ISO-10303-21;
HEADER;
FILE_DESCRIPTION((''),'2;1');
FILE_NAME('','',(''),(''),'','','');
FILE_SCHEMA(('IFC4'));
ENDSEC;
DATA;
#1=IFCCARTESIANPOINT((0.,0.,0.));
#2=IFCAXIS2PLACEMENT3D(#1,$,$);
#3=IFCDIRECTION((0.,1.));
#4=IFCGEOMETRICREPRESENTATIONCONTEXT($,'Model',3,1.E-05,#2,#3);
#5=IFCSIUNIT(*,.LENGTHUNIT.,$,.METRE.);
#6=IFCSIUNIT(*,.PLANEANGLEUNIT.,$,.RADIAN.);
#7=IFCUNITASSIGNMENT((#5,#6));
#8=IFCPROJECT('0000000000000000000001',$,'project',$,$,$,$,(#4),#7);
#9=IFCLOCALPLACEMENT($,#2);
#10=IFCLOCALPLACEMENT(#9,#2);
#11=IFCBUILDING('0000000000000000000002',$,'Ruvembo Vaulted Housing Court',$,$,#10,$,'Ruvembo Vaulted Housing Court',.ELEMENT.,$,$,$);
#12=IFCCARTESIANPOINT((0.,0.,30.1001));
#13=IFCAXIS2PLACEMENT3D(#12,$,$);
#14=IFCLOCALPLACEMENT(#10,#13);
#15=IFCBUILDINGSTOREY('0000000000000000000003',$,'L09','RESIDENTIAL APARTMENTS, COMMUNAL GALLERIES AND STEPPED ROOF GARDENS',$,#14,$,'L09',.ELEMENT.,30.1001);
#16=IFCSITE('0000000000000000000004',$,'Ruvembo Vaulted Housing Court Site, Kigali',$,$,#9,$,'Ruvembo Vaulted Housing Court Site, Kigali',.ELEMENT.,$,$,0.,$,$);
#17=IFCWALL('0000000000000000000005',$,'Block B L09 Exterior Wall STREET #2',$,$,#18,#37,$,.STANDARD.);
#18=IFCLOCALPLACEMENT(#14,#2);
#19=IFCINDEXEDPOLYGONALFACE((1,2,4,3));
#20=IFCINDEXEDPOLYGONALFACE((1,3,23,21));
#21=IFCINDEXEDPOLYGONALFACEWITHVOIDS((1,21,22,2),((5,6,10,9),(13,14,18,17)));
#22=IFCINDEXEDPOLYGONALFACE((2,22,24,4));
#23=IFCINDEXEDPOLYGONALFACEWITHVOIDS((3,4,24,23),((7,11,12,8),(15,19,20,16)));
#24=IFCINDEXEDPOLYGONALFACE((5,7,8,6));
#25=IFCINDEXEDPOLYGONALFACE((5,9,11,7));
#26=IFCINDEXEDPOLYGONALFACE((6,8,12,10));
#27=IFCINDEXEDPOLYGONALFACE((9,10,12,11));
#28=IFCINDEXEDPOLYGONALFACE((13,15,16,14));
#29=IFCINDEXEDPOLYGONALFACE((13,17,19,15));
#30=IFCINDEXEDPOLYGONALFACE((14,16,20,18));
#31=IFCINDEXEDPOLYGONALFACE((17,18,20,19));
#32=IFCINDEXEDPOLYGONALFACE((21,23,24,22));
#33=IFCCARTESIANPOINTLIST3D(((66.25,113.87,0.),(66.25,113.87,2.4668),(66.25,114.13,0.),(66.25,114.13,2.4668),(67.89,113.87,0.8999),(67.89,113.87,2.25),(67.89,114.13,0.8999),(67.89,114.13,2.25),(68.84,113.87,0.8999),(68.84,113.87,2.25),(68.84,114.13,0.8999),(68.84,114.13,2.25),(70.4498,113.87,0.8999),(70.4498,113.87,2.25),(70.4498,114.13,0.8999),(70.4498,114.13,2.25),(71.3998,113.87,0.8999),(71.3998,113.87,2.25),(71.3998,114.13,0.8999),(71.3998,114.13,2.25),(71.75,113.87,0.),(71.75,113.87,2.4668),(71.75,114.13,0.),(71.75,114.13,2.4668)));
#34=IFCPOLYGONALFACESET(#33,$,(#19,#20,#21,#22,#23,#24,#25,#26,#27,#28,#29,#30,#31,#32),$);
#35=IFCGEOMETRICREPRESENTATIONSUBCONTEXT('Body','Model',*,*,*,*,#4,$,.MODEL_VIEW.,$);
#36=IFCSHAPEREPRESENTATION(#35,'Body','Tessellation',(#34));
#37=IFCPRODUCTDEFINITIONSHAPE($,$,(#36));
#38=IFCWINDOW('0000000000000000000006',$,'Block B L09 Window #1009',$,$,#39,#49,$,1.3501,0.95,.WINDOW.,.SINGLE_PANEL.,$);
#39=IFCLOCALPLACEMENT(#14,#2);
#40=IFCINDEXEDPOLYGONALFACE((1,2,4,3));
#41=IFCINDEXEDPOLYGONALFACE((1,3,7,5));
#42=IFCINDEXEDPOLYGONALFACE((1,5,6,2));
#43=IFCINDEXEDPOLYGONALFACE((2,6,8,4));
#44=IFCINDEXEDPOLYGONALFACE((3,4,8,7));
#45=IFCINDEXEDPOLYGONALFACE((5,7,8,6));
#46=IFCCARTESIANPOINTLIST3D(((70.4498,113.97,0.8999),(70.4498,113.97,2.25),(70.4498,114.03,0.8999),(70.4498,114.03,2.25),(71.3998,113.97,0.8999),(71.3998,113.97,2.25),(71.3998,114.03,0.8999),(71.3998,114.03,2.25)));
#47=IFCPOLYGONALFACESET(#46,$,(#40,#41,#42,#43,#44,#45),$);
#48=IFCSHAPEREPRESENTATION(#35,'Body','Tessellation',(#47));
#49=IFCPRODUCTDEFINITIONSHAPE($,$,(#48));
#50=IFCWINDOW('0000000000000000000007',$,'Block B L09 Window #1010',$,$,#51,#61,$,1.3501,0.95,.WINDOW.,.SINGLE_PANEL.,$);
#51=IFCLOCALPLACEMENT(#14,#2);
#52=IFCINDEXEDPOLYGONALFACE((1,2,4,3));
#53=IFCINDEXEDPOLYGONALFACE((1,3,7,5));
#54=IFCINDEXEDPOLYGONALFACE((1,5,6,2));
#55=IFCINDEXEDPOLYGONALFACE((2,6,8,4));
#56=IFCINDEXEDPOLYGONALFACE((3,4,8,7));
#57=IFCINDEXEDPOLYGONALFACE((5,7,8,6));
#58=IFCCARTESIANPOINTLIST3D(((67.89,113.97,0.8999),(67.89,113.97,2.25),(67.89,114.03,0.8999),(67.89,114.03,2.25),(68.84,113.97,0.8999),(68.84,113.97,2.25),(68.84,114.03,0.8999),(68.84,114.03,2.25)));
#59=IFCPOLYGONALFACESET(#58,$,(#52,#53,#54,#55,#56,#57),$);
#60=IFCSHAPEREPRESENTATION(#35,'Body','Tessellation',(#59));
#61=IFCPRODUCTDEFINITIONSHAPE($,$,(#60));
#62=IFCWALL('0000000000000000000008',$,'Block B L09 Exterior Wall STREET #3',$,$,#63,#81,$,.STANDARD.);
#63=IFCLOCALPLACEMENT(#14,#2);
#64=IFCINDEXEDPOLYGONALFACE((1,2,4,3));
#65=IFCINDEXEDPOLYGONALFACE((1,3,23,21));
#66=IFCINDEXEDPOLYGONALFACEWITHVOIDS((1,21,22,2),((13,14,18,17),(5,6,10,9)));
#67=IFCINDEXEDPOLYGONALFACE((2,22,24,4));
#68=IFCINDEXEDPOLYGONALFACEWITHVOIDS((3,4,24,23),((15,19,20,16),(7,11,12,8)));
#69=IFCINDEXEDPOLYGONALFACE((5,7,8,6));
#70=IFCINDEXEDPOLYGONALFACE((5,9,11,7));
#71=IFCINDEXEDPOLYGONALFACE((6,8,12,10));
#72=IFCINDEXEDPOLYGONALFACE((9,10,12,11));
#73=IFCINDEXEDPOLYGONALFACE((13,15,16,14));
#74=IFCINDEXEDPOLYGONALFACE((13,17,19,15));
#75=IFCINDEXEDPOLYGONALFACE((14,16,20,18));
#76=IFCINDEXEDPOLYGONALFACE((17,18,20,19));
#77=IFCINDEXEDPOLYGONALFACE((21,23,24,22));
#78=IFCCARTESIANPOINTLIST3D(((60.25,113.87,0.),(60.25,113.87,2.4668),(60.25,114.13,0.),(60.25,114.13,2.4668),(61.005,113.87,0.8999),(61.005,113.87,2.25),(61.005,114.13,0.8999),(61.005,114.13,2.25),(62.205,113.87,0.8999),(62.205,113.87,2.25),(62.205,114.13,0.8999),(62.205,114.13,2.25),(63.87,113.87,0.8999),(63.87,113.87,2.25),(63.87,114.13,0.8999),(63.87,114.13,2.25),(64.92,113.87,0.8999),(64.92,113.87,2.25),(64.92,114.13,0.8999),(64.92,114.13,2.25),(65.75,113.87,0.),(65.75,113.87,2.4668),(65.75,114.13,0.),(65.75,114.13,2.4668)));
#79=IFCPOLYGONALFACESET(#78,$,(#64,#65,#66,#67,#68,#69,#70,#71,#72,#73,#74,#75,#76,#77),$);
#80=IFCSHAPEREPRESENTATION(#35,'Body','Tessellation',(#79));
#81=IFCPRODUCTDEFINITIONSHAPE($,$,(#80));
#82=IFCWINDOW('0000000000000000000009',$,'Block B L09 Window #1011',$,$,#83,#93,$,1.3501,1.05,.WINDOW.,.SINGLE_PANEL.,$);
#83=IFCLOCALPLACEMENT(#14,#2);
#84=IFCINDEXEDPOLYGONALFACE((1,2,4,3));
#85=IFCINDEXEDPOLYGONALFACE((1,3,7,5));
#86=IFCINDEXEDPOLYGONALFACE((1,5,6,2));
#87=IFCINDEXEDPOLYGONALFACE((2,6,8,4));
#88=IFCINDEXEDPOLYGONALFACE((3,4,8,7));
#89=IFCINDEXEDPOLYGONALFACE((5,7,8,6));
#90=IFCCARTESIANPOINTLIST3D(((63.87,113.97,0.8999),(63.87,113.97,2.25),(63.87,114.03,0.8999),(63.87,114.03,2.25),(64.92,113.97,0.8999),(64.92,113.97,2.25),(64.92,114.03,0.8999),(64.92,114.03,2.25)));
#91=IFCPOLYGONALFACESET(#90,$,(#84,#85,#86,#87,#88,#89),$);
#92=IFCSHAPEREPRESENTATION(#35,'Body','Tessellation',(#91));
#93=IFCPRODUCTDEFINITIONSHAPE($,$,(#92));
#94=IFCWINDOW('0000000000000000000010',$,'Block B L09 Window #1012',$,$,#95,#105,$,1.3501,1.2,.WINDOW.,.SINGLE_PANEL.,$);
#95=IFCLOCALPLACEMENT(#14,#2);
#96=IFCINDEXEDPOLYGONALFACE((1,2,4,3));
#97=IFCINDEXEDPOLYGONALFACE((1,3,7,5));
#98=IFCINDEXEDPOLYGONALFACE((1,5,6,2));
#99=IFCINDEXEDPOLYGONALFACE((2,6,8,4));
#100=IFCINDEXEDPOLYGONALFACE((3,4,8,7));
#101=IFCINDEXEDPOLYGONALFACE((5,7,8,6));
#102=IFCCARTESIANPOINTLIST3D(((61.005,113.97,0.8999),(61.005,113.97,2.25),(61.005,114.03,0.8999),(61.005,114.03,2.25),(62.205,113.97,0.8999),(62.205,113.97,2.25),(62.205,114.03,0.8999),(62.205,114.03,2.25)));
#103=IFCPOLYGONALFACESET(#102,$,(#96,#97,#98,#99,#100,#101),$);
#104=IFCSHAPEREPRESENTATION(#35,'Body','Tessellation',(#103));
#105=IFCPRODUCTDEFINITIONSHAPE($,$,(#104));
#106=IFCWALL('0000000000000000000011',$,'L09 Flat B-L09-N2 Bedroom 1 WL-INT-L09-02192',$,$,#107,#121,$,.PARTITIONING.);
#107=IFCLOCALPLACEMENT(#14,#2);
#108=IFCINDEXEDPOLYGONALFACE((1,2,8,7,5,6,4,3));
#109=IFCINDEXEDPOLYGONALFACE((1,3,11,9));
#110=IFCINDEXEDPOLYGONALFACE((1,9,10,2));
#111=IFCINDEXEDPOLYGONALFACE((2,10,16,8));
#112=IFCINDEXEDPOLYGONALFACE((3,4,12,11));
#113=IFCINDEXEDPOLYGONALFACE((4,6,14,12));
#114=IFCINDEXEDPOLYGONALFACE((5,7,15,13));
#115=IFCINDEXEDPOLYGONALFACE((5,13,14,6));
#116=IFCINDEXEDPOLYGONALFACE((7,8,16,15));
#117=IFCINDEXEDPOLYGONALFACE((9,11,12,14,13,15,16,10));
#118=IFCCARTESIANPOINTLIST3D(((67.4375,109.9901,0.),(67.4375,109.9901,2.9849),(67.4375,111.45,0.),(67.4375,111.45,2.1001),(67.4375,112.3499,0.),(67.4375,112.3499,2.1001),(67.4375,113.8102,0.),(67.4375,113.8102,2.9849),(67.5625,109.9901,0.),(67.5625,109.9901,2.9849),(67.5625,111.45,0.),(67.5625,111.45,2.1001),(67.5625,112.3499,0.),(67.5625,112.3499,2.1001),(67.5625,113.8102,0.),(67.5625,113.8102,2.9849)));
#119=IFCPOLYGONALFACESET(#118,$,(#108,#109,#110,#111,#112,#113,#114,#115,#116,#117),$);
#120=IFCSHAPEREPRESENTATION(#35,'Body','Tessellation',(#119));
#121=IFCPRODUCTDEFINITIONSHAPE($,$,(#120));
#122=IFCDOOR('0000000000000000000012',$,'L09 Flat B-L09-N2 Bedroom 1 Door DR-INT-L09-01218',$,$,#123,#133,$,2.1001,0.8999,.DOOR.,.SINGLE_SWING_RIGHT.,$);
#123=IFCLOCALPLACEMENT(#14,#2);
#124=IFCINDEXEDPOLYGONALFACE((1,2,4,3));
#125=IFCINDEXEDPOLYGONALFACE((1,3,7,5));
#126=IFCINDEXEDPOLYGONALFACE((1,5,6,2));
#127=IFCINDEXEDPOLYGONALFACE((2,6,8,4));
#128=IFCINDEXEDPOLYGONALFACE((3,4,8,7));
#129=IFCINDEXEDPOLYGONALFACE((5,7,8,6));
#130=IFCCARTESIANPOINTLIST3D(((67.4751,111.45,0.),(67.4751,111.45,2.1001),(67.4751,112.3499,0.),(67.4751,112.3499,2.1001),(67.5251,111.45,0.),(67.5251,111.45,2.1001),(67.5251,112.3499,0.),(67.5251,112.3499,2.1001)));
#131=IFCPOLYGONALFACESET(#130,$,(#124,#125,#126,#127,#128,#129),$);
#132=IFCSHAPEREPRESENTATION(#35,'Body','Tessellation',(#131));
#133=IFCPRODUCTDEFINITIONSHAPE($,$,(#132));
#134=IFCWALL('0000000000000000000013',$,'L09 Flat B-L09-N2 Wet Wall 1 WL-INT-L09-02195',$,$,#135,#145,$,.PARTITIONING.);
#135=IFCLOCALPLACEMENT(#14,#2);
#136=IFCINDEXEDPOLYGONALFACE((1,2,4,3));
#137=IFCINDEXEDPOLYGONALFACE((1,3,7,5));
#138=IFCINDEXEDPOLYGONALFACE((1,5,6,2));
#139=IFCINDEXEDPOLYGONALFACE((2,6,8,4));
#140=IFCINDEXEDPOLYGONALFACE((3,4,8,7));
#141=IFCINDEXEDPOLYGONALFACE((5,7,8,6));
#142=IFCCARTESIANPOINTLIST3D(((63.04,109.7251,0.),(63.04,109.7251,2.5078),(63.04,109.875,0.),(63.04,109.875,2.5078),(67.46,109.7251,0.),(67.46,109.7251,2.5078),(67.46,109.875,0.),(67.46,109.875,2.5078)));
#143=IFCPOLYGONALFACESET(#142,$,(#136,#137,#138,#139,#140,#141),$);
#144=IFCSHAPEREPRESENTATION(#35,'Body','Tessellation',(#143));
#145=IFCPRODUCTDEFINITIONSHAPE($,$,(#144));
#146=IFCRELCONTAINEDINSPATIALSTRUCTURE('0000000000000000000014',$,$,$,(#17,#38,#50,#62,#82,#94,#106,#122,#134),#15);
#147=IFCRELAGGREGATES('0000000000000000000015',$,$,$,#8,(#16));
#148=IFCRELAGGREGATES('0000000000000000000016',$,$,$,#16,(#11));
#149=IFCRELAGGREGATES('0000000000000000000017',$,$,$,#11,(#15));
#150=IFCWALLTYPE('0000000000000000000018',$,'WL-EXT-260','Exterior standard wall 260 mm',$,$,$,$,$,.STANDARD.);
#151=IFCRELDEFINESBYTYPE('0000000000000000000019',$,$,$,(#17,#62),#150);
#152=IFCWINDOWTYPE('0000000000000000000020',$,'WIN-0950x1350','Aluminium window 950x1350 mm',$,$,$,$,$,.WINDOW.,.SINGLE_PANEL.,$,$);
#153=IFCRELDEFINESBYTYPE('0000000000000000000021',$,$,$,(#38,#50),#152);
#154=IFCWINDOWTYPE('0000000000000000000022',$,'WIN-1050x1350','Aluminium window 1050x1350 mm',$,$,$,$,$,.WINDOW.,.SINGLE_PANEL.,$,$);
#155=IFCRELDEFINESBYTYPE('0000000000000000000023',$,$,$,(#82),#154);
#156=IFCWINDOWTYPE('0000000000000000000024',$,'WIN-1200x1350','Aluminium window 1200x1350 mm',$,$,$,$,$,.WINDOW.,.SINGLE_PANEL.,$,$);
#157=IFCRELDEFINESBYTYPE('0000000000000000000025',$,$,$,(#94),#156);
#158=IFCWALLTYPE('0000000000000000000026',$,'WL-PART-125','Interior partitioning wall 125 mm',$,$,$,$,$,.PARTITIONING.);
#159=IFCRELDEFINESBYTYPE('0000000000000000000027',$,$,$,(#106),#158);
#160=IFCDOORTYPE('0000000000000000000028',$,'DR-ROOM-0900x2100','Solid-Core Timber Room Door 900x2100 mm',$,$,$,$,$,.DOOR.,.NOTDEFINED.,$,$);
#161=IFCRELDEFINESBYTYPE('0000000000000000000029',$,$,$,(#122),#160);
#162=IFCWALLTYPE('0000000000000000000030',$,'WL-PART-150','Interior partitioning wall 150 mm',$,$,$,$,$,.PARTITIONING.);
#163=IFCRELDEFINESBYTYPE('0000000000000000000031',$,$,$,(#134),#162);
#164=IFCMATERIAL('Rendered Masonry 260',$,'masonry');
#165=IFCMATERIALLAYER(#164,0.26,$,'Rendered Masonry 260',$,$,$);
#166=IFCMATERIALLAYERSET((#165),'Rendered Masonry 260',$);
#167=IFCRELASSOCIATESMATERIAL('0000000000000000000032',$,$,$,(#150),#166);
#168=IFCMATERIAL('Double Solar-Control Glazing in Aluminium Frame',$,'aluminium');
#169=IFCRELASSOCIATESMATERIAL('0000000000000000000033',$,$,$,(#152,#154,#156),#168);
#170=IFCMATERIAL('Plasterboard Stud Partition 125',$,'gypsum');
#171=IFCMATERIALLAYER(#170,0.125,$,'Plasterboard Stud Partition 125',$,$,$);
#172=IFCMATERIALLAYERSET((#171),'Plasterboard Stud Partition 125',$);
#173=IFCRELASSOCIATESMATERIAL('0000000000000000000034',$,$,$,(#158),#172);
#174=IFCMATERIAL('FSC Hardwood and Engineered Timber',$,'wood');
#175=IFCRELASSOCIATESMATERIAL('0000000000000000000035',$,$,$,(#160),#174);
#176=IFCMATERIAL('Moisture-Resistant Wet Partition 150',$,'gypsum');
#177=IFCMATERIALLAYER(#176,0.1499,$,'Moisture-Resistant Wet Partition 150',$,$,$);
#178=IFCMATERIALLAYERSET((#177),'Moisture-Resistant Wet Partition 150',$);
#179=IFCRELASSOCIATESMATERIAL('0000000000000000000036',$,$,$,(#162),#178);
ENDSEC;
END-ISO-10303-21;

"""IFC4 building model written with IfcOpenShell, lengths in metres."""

from ifc_helpers import new_model, si_unit, direction, frame, frame_2d, origin, place, context, subcontext, project, spatial, rectangle, extrude, material, layer, layer_set, type_object, element, fill, save


model = new_model("IFC4")

# Units and contexts
model_context = context("Model", 3, precision=1e-05, world=origin(), true_north=direction((0.0, 1.0)))
body_context = subcontext(model_context, "Body", "Model", "MODEL_VIEW")
ifc_project = project(units=[si_unit("LENGTHUNIT", "METRE"), si_unit("PLANEANGLEUNIT", "RADIAN")], contexts=[model_context])

# Site, building, storey
site_placement = place(None, origin())
site = spatial("IfcSite", under=ifc_project, at=site_placement, Name="Ruvembo Vaulted Housing Court Site, Kigali", LongName="Ruvembo Vaulted Housing Court Site, Kigali", CompositionType="ELEMENT", RefElevation=0.0)
building_placement = place(site_placement, origin())
building = spatial("IfcBuilding", under=site, at=building_placement, Name="Ruvembo Vaulted Housing Court", LongName="Ruvembo Vaulted Housing Court", CompositionType="ELEMENT")
storey_placement = place(building_placement, frame((0.0, 0.0, 30.1001)))
storey = spatial("IfcBuildingStorey", under=building, at=storey_placement, Name="L09", Description="RESIDENTIAL APARTMENTS, COMMUNAL GALLERIES AND STEPPED ROOF GARDENS", LongName="L09", CompositionType="ELEMENT", Elevation=30.1001)

# Walls, openings, windows
ifc_material_1 = material(Name="Rendered Masonry 260", Category="masonry")
ifc_layer_1 = layer(ifc_material_1, 0.26, Name="Rendered Masonry 260")
ifc_layer_set_1 = layer_set([ifc_layer_1], Name="Rendered Masonry 260")
wall_type_1 = type_object("IfcWallType", Name="WL-EXT-260", Description="Exterior standard wall 260 mm", PredefinedType="STANDARD", material=ifc_layer_set_1)
wall_1_placement = place(storey_placement, frame((71.75, 114.0, 0.0), z_axis=(0.0, 0.0, 1.0), x_axis=(-1.0, 0.0, 0.0)))
wall_1 = element("IfcWall", 1, at=wall_1_placement, inside=storey, type_object=wall_type_1, Name="Block B L09 Exterior Wall STREET #2", PredefinedType="STANDARD", context=body_context, shape_type="SweptSolid", body=[
    extrude(rectangle(XDim=5.5, YDim=0.26, at=frame_2d((2.75, 0.0))), origin(), (0.0, 0.0, 1.0), 2.4668),
])
opening_1_placement = place(wall_1_placement, frame((0.3501, 0.0, 0.8999)))
opening_1 = element("IfcOpeningElement", 2, at=opening_1_placement, cuts=wall_1, PredefinedType="OPENING", context=body_context, shape_type="SweptSolid", body=[
    extrude(rectangle(XDim=0.95, YDim=1.3501, at=frame_2d((0.4751, 0.675))), frame((0.0, 0.1399, 0.0), z_axis=(0.0, -1.0, 0.0), x_axis=(1.0, 0.0, 0.0)), (0.0, 0.0, 1.0), 0.28),
])
opening_2_placement = place(wall_1_placement, frame((2.9099, 0.0, 0.8999)))
opening_2 = element("IfcOpeningElement", 3, at=opening_2_placement, cuts=wall_1, PredefinedType="OPENING", context=body_context, shape_type="SweptSolid", body=[
    extrude(rectangle(XDim=0.95, YDim=1.3501, at=frame_2d((0.4751, 0.675))), frame((0.0, 0.1399, 0.0), z_axis=(0.0, -1.0, 0.0), x_axis=(1.0, 0.0, 0.0)), (0.0, 0.0, 1.0), 0.28),
])
ifc_material_2 = material(Name="Double Solar-Control Glazing in Aluminium Frame", Category="aluminium")
window_type_1 = type_object("IfcWindowType", Name="WIN-0950x1350", Description="Aluminium window 950x1350 mm", PartitioningType="SINGLE_PANEL", PredefinedType="WINDOW", material=ifc_material_2)
window_1_placement = place(opening_1_placement, origin())
window_1 = element("IfcWindow", 4, at=window_1_placement, inside=storey, type_object=window_type_1, Name="Block B L09 Window #1009", OverallHeight=1.3501, OverallWidth=0.95, PartitioningType="SINGLE_PANEL", PredefinedType="WINDOW", context=body_context, shape_type="SweptSolid", body=[
    extrude(rectangle(XDim=0.95, YDim=1.3501, at=frame_2d((0.4751, 0.675))), frame((0.0, 0.03, 0.0), z_axis=(0.0, -1.0, 0.0), x_axis=(1.0, 0.0, 0.0)), (0.0, 0.0, 1.0), 0.0601),
])
fill(opening_1, window_1)
window_2_placement = place(opening_2_placement, origin())
window_2 = element("IfcWindow", 5, at=window_2_placement, inside=storey, type_object=window_type_1, Name="Block B L09 Window #1010", OverallHeight=1.3501, OverallWidth=0.95, PartitioningType="SINGLE_PANEL", PredefinedType="WINDOW", context=body_context, shape_type="SweptSolid", body=[
    extrude(rectangle(XDim=0.95, YDim=1.3501, at=frame_2d((0.4751, 0.675))), frame((0.0, 0.03, 0.0), z_axis=(0.0, -1.0, 0.0), x_axis=(1.0, 0.0, 0.0)), (0.0, 0.0, 1.0), 0.0601),
])
fill(opening_2, window_2)
wall_2_placement = place(storey_placement, frame((65.75, 114.0, 0.0), z_axis=(0.0, 0.0, 1.0), x_axis=(-1.0, 0.0, 0.0)))
wall_2 = element("IfcWall", 6, at=wall_2_placement, inside=storey, type_object=wall_type_1, Name="Block B L09 Exterior Wall STREET #3", PredefinedType="STANDARD", context=body_context, shape_type="SweptSolid", body=[
    extrude(rectangle(XDim=5.5, YDim=0.26, at=frame_2d((2.75, 0.0))), origin(), (0.0, 0.0, 1.0), 2.4668),
])
opening_3_placement = place(wall_2_placement, frame((0.8301, 0.0, 0.8999)))
opening_3 = element("IfcOpeningElement", 7, at=opening_3_placement, cuts=wall_2, PredefinedType="OPENING", context=body_context, shape_type="SweptSolid", body=[
    extrude(rectangle(XDim=1.05, YDim=1.3501, at=frame_2d((0.5249, 0.675))), frame((0.0, 0.1399, 0.0), z_axis=(0.0, -1.0, 0.0), x_axis=(1.0, 0.0, 0.0)), (0.0, 0.0, 1.0), 0.28),
])
opening_4_placement = place(wall_2_placement, frame((3.5449, 0.0, 0.8999)))
opening_4 = element("IfcOpeningElement", 8, at=opening_4_placement, cuts=wall_2, PredefinedType="OPENING", context=body_context, shape_type="SweptSolid", body=[
    extrude(rectangle(XDim=1.2, YDim=1.3501, at=frame_2d((0.6001, 0.675))), frame((0.0, 0.1399, 0.0), z_axis=(0.0, -1.0, 0.0), x_axis=(1.0, 0.0, 0.0)), (0.0, 0.0, 1.0), 0.28),
])
window_type_2 = type_object("IfcWindowType", Name="WIN-1050x1350", Description="Aluminium window 1050x1350 mm", PartitioningType="SINGLE_PANEL", PredefinedType="WINDOW", material=ifc_material_2)
window_3_placement = place(opening_3_placement, origin())
window_3 = element("IfcWindow", 9, at=window_3_placement, inside=storey, type_object=window_type_2, Name="Block B L09 Window #1011", OverallHeight=1.3501, OverallWidth=1.05, PartitioningType="SINGLE_PANEL", PredefinedType="WINDOW", context=body_context, shape_type="SweptSolid", body=[
    extrude(rectangle(XDim=1.05, YDim=1.3501, at=frame_2d((0.5249, 0.675))), frame((0.0, 0.03, 0.0), z_axis=(0.0, -1.0, 0.0), x_axis=(1.0, 0.0, 0.0)), (0.0, 0.0, 1.0), 0.0601),
])
fill(opening_3, window_3)
window_type_3 = type_object("IfcWindowType", Name="WIN-1200x1350", Description="Aluminium window 1200x1350 mm", PartitioningType="SINGLE_PANEL", PredefinedType="WINDOW", material=ifc_material_2)
window_4_placement = place(opening_4_placement, origin())
window_4 = element("IfcWindow", 10, at=window_4_placement, inside=storey, type_object=window_type_3, Name="Block B L09 Window #1012", OverallHeight=1.3501, OverallWidth=1.2, PartitioningType="SINGLE_PANEL", PredefinedType="WINDOW", context=body_context, shape_type="SweptSolid", body=[
    extrude(rectangle(XDim=1.2, YDim=1.3501, at=frame_2d((0.6001, 0.675))), frame((0.0, 0.03, 0.0), z_axis=(0.0, -1.0, 0.0), x_axis=(1.0, 0.0, 0.0)), (0.0, 0.0, 1.0), 0.0601),
])
fill(opening_4, window_4)

# Wall, opening, door
ifc_material_3 = material(Name="Plasterboard Stud Partition 125", Category="gypsum")
ifc_layer_2 = layer(ifc_material_3, 0.125, Name="Plasterboard Stud Partition 125")
ifc_layer_set_2 = layer_set([ifc_layer_2], Name="Plasterboard Stud Partition 125")
wall_type_2 = type_object("IfcWallType", Name="WL-PART-125", Description="Interior partitioning wall 125 mm", PredefinedType="PARTITIONING", material=ifc_layer_set_2)
wall_3_placement = place(storey_placement, frame((67.5, 109.99, 0.0), z_axis=(0.0, 0.0, 1.0), x_axis=(0.0, 1.0, 0.0)))
wall_3 = element("IfcWall", 11, at=wall_3_placement, inside=storey, type_object=wall_type_2, Name="L09 Flat B-L09-N2 Bedroom 1 WL-INT-L09-02192", PredefinedType="PARTITIONING", context=body_context, shape_type="SweptSolid", body=[
    extrude(rectangle(XDim=3.8201, YDim=0.125, at=frame_2d((1.9102, 0.0))), origin(), (0.0, 0.0, 1.0), 2.9849),
])
opening_5_placement = place(wall_3_placement, frame((1.46, 0.0, 0.0)))
opening_5 = element("IfcOpeningElement", 12, at=opening_5_placement, cuts=wall_3, PredefinedType="OPENING", context=body_context, shape_type="SweptSolid", body=[
    extrude(rectangle(XDim=0.8999, YDim=2.1001, at=frame_2d((0.45, 1.05))), frame((0.0, 0.0725, 0.0), z_axis=(0.0, -1.0, 0.0), x_axis=(1.0, 0.0, 0.0)), (0.0, 0.0, 1.0), 0.145),
])
ifc_material_4 = material(Name="FSC Hardwood and Engineered Timber", Category="wood")
door_type_1 = type_object("IfcDoorType", Name="DR-ROOM-0900x2100", Description="Solid-Core Timber Room Door 900x2100 mm", OperationType="NOTDEFINED", PredefinedType="DOOR", material=ifc_material_4)
door_1_placement = place(opening_5_placement, origin())
door_1 = element("IfcDoor", 13, at=door_1_placement, inside=storey, type_object=door_type_1, Name="L09 Flat B-L09-N2 Bedroom 1 Door DR-INT-L09-01218", OperationType="SINGLE_SWING_RIGHT", OverallHeight=2.1001, OverallWidth=0.8999, PredefinedType="DOOR", context=body_context, shape_type="SweptSolid", body=[
    extrude(rectangle(XDim=0.8999, YDim=2.1001, at=frame_2d((0.45, 1.05))), frame((0.0, 0.0249, 0.0), z_axis=(0.0, -1.0, 0.0), x_axis=(1.0, 0.0, 0.0)), (0.0, 0.0, 1.0), 0.05),
])
fill(opening_5, door_1)

# Wall
ifc_material_5 = material(Name="Moisture-Resistant Wet Partition 150", Category="gypsum")
ifc_layer_3 = layer(ifc_material_5, 0.1499, Name="Moisture-Resistant Wet Partition 150")
ifc_layer_set_3 = layer_set([ifc_layer_3], Name="Moisture-Resistant Wet Partition 150")
wall_type_3 = type_object("IfcWallType", Name="WL-PART-150", Description="Interior partitioning wall 150 mm", PredefinedType="PARTITIONING", material=ifc_layer_set_3)
wall_4_placement = place(storey_placement, frame((63.04, 109.8, 0.0), z_axis=(0.0, 0.0, 1.0), x_axis=(1.0, 0.0, 0.0)))
element("IfcWall", 14, at=wall_4_placement, inside=storey, type_object=wall_type_3, Name="L09 Flat B-L09-N2 Wet Wall 1 WL-INT-L09-02195", PredefinedType="PARTITIONING", context=body_context, shape_type="SweptSolid", body=[
    extrude(rectangle(XDim=4.4199, YDim=0.1499, at=frame_2d((2.21, 0.0))), origin(), (0.0, 0.0, 1.0), 2.5078),
])

save(model, "model.ifc")
